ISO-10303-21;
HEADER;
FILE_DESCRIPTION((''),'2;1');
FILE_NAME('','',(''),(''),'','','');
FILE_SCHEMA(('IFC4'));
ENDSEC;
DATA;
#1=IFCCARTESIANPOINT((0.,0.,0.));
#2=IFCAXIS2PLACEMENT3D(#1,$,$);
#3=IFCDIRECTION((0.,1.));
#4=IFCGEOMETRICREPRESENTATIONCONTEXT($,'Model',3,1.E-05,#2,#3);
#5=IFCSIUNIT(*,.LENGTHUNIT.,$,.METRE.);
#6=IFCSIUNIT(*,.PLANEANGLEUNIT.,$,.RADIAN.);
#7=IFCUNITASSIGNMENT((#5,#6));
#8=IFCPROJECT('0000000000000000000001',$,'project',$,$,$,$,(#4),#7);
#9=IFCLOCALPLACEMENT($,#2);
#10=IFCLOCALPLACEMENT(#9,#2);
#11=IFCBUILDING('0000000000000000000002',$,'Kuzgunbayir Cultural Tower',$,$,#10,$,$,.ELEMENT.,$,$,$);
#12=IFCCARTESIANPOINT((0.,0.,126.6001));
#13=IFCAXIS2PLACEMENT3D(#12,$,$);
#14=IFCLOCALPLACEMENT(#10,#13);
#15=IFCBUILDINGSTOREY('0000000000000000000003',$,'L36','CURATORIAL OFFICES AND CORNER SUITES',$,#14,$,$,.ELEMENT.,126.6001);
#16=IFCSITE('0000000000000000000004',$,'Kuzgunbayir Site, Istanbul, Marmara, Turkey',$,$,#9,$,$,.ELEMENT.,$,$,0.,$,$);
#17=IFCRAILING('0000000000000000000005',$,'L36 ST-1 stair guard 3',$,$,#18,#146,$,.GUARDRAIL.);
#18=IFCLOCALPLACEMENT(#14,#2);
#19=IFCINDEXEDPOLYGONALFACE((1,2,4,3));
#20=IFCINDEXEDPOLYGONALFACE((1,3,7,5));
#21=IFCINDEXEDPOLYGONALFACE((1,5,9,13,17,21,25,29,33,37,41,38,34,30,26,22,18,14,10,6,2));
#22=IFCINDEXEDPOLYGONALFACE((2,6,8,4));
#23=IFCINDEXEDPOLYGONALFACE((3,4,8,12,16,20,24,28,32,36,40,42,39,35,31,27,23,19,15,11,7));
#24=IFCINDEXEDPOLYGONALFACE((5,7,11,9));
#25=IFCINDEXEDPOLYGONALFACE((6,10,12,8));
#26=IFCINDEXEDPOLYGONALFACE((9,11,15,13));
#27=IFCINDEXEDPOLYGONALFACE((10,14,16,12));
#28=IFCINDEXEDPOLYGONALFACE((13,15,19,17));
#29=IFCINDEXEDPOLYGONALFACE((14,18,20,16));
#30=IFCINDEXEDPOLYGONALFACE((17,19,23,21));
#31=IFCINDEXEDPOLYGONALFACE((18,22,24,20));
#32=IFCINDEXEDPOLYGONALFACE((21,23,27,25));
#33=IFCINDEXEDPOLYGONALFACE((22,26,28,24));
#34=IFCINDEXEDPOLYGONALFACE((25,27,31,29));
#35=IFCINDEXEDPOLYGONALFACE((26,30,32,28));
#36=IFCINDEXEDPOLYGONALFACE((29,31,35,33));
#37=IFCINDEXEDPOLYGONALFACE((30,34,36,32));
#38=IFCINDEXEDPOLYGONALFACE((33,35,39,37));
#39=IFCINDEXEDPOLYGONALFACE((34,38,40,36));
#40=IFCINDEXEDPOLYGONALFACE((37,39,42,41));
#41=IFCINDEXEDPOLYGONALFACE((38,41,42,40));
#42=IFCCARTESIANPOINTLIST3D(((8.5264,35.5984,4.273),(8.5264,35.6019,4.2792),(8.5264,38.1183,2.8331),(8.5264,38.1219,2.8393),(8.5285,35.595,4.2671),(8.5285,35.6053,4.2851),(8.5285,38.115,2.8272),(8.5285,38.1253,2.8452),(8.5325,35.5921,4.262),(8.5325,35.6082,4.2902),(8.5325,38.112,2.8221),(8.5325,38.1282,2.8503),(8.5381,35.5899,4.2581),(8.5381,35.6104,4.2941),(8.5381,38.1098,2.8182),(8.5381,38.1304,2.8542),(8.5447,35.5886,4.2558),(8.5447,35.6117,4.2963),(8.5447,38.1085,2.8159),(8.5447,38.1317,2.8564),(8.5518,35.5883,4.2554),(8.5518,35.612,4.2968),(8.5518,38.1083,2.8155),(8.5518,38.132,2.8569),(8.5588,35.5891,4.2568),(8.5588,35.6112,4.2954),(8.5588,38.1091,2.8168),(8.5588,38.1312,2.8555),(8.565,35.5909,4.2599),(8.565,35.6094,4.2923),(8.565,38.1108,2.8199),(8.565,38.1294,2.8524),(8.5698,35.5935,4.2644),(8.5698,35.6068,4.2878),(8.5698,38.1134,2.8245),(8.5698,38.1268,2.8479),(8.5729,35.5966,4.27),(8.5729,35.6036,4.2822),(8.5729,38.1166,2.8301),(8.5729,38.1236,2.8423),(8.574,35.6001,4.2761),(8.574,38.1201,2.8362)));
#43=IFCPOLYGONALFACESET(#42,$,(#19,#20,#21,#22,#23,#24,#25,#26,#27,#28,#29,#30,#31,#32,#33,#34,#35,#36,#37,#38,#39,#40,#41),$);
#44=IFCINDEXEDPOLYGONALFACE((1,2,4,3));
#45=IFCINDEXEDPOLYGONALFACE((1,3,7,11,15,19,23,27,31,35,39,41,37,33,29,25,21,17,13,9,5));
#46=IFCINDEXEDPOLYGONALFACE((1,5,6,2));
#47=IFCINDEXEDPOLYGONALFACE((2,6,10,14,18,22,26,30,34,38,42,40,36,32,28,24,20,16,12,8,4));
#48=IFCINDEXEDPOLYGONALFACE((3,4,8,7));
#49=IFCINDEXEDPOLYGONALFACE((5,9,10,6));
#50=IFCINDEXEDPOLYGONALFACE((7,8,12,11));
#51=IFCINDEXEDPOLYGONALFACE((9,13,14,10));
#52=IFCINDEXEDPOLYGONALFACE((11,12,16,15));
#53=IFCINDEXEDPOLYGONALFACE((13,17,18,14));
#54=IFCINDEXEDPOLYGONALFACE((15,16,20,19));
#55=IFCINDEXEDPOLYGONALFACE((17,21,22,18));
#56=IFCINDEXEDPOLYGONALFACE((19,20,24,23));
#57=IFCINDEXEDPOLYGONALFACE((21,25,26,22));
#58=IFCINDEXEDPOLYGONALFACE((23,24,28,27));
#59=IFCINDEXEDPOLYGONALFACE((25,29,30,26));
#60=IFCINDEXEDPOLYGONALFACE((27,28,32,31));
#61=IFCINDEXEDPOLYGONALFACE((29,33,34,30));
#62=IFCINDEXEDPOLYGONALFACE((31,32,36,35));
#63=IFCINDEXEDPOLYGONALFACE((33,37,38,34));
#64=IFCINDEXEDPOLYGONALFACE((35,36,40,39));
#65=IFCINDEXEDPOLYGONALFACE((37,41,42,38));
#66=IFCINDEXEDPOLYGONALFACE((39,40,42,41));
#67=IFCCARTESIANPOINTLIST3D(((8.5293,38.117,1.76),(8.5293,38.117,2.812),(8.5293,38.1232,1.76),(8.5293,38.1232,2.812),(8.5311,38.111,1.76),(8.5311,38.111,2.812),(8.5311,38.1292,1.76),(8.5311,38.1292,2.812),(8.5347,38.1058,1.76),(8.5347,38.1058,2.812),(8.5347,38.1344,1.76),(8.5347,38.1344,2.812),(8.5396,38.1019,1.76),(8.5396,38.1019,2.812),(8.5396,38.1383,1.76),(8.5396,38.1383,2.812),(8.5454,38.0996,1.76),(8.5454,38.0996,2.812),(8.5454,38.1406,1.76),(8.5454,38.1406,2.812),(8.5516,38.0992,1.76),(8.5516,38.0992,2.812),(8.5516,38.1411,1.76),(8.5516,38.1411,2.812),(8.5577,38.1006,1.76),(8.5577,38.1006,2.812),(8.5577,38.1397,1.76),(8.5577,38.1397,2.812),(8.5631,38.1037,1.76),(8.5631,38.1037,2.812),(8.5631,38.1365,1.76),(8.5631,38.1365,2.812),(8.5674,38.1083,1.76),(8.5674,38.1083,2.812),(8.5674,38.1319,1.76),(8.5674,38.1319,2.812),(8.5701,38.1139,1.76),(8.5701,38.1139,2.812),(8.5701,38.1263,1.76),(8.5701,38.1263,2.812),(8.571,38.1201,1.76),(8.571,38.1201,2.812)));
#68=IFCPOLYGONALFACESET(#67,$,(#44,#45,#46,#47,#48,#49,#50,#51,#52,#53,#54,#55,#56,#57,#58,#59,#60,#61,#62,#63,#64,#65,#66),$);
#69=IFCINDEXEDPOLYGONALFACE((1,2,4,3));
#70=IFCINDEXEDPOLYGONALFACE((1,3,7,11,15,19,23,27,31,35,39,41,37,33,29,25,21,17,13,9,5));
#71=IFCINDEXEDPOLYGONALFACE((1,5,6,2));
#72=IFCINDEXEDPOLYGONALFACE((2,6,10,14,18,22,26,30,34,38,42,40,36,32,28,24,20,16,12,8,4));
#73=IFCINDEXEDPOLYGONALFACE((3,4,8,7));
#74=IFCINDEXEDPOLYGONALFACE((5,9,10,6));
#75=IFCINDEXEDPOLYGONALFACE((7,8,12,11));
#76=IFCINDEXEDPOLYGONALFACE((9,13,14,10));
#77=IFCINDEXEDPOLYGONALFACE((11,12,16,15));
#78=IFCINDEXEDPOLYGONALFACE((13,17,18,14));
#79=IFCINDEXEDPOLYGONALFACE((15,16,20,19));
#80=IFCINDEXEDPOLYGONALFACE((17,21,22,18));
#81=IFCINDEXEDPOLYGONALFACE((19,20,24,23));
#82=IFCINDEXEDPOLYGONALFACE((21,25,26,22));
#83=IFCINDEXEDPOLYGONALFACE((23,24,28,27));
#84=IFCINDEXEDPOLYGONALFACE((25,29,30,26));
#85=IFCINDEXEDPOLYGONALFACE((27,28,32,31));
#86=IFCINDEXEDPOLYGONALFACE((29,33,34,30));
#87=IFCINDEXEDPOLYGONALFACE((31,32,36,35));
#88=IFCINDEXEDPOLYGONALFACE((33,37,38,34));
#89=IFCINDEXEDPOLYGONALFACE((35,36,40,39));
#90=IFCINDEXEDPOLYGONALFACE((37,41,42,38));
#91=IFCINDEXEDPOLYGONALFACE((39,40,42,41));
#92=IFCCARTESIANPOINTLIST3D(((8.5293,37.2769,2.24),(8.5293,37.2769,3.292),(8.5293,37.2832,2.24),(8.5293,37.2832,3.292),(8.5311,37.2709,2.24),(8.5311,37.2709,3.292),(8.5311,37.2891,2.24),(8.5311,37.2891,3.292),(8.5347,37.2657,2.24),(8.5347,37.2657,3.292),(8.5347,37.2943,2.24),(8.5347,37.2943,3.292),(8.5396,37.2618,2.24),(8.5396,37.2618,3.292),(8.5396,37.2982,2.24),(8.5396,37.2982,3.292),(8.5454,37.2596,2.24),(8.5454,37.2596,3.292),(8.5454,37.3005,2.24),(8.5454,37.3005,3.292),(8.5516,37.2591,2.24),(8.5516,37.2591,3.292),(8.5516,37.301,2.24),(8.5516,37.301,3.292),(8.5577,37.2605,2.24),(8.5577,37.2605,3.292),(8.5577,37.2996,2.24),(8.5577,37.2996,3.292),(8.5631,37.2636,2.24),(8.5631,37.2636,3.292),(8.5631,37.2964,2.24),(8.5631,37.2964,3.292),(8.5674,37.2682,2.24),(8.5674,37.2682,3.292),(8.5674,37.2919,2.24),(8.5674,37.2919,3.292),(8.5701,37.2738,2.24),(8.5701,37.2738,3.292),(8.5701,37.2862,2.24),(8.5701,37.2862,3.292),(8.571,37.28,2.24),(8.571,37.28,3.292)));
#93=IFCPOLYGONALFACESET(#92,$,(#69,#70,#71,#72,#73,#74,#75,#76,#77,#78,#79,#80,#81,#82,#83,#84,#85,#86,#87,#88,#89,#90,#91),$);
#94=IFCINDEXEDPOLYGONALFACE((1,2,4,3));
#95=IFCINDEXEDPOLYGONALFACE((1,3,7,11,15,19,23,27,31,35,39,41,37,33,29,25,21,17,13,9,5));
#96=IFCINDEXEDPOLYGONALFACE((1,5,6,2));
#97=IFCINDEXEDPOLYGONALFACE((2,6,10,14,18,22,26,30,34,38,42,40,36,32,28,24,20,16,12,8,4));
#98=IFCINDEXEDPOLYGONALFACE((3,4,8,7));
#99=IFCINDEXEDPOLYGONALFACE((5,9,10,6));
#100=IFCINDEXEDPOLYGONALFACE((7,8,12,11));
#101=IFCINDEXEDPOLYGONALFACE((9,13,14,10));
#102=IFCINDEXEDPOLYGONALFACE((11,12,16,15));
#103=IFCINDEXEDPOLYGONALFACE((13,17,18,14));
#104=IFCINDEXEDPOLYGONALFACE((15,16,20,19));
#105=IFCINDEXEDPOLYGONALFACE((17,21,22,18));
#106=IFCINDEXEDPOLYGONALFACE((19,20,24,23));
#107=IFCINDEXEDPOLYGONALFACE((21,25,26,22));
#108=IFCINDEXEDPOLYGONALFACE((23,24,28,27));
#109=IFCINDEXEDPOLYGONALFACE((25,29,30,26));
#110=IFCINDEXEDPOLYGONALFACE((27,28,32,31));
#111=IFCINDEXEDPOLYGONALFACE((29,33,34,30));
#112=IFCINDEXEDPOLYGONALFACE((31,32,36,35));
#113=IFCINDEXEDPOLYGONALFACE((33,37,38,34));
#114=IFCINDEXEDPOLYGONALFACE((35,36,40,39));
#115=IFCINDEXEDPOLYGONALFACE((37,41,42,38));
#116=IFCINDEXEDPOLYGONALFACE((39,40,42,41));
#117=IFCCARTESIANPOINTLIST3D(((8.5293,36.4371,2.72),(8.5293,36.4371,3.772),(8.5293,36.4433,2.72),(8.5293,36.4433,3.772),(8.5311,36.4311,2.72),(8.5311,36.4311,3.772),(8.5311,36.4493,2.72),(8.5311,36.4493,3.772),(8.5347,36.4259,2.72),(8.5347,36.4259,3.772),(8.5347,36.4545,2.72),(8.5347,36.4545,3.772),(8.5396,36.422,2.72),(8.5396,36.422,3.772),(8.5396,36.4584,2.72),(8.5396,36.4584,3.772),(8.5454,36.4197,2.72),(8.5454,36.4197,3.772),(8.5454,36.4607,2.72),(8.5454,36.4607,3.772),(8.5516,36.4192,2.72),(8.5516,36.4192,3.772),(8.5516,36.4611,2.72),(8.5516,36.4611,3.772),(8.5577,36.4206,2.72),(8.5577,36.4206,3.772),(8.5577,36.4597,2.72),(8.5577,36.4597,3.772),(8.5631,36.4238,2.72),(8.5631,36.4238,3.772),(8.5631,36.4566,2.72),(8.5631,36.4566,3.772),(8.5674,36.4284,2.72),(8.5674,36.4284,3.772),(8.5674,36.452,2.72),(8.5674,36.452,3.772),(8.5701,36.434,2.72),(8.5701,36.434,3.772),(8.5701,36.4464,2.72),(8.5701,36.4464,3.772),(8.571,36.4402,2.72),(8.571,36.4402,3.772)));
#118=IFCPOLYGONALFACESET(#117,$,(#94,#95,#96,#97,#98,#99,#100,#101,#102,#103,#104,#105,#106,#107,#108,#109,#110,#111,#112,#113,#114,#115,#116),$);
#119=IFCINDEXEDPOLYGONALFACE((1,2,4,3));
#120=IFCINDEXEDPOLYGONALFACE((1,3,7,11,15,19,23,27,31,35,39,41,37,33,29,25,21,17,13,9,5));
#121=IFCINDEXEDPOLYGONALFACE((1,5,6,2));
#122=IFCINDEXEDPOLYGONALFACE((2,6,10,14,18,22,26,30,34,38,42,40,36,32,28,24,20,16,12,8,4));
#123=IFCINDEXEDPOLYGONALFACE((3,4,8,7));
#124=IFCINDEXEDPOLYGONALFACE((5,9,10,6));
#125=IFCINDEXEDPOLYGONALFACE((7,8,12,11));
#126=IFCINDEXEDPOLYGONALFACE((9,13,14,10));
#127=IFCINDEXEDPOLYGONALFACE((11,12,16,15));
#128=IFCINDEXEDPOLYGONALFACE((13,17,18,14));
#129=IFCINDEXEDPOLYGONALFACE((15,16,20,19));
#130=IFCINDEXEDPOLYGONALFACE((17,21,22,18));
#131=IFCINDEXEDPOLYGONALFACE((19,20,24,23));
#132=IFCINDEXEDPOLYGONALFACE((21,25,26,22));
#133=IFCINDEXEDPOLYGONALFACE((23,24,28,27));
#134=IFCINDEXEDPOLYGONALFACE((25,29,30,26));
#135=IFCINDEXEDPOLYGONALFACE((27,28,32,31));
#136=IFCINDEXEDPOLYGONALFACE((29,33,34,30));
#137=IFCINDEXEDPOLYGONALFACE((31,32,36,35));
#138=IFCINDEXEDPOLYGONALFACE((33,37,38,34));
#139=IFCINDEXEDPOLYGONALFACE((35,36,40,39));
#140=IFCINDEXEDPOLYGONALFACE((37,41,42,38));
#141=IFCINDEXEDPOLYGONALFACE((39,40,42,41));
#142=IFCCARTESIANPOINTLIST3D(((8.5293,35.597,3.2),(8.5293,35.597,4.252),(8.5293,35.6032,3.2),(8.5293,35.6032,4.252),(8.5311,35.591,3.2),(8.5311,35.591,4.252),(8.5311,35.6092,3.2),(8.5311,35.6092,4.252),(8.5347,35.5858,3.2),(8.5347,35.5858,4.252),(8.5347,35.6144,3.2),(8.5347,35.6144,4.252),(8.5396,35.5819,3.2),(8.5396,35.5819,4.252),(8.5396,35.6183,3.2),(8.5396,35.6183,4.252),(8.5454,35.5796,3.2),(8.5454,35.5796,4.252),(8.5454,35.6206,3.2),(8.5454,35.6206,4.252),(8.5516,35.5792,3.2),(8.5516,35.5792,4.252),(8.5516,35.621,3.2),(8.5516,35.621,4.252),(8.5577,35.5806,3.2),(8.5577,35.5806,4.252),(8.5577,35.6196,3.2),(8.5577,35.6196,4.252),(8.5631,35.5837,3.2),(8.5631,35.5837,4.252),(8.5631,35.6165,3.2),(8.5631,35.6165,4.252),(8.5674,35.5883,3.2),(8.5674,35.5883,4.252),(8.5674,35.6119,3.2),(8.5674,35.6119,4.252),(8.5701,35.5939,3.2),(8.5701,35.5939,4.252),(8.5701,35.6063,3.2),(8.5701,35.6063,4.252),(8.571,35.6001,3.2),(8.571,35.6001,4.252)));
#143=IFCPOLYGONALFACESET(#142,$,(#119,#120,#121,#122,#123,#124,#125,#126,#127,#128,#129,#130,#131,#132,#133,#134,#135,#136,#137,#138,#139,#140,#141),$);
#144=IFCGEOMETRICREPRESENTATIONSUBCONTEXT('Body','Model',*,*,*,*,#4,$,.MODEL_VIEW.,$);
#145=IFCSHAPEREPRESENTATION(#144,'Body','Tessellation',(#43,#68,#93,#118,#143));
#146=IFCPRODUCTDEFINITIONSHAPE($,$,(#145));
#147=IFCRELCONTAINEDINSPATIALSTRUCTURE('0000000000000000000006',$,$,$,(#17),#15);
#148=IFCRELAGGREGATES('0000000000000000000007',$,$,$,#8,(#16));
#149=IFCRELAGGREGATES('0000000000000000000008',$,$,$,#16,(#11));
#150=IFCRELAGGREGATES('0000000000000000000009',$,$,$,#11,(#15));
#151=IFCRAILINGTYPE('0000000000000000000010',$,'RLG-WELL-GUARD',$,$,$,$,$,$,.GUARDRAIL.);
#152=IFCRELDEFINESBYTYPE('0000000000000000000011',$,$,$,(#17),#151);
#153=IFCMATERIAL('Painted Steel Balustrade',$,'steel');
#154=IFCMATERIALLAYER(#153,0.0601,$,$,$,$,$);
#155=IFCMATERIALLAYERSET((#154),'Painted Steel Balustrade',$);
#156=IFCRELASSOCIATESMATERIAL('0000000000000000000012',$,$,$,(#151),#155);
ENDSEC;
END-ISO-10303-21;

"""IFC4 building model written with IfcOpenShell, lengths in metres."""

from ifc_helpers import new_model, si_unit, direction, frame, origin, origin_2d, place, context, subcontext, project, spatial, circle, extrude, material, layer, layer_set, type_object, element, save


model = new_model("IFC4")

# Units and contexts
model_context = context("Model", 3, precision=1e-05, world=origin(), true_north=direction((0.0, 1.0)))
body_context = subcontext(model_context, "Body", "Model", "MODEL_VIEW")
ifc_project = project(units=[si_unit("LENGTHUNIT", "METRE"), si_unit("PLANEANGLEUNIT", "RADIAN")], contexts=[model_context])

# Site, building, storey
site_placement = place(None, origin())
site = spatial("IfcSite", under=ifc_project, at=site_placement, Name="Kuzgunbayir Site, Istanbul, Marmara, Turkey", CompositionType="ELEMENT", RefElevation=0.0)
building_placement = place(site_placement, origin())
building = spatial("IfcBuilding", under=site, at=building_placement, Name="Kuzgunbayir Cultural Tower", CompositionType="ELEMENT")
storey_placement = place(building_placement, frame((0.0, 0.0, 126.6001)))
storey = spatial("IfcBuildingStorey", under=building, at=storey_placement, Name="L36", Description="CURATORIAL OFFICES AND CORNER SUITES", CompositionType="ELEMENT", Elevation=126.6001)

# Railing
ifc_material_1 = material(Name="Painted Steel Balustrade", Category="steel")
ifc_layer_1 = layer(ifc_material_1, 0.0601)
ifc_layer_set_1 = layer_set([ifc_layer_1], Name="Painted Steel Balustrade")
railing_type_1 = type_object("IfcRailingType", Name="RLG-WELL-GUARD", PredefinedType="GUARDRAIL", material=ifc_layer_set_1)
railing_1_placement = place(storey_placement, frame((8.55, 38.1201, 1.76)))
element("IfcRailing", 1, at=railing_1_placement, inside=storey, type_object=railing_type_1, Name="L36 ST-1 stair guard 3", PredefinedType="GUARDRAIL", context=body_context, shape_type="SweptSolid", body=[
    extrude(circle(Radius=0.0239, at=origin_2d()), frame((0.0, 0.0, 1.0762), z_axis=(0.0, -0.868253, 0.496121), x_axis=(1.0, 0.0, 0.0)), (0.0, 0.0, 1.0), 2.9023),
    extrude(circle(Radius=0.021, at=origin_2d()), origin(), (0.0, 0.0, 1.0), 1.052),
    extrude(circle(Radius=0.021, at=origin_2d()), frame((0.0, -0.8401, 0.48)), (0.0, 0.0, 1.0), 1.052),
    extrude(circle(Radius=0.021, at=origin_2d()), frame((0.0, -1.6799, 0.96)), (0.0, 0.0, 1.0), 1.052),
    extrude(circle(Radius=0.021, at=origin_2d()), frame((0.0, -2.52, 1.4399)), (0.0, 0.0, 1.0), 1.052),
])

save(model, "model.ifc")
